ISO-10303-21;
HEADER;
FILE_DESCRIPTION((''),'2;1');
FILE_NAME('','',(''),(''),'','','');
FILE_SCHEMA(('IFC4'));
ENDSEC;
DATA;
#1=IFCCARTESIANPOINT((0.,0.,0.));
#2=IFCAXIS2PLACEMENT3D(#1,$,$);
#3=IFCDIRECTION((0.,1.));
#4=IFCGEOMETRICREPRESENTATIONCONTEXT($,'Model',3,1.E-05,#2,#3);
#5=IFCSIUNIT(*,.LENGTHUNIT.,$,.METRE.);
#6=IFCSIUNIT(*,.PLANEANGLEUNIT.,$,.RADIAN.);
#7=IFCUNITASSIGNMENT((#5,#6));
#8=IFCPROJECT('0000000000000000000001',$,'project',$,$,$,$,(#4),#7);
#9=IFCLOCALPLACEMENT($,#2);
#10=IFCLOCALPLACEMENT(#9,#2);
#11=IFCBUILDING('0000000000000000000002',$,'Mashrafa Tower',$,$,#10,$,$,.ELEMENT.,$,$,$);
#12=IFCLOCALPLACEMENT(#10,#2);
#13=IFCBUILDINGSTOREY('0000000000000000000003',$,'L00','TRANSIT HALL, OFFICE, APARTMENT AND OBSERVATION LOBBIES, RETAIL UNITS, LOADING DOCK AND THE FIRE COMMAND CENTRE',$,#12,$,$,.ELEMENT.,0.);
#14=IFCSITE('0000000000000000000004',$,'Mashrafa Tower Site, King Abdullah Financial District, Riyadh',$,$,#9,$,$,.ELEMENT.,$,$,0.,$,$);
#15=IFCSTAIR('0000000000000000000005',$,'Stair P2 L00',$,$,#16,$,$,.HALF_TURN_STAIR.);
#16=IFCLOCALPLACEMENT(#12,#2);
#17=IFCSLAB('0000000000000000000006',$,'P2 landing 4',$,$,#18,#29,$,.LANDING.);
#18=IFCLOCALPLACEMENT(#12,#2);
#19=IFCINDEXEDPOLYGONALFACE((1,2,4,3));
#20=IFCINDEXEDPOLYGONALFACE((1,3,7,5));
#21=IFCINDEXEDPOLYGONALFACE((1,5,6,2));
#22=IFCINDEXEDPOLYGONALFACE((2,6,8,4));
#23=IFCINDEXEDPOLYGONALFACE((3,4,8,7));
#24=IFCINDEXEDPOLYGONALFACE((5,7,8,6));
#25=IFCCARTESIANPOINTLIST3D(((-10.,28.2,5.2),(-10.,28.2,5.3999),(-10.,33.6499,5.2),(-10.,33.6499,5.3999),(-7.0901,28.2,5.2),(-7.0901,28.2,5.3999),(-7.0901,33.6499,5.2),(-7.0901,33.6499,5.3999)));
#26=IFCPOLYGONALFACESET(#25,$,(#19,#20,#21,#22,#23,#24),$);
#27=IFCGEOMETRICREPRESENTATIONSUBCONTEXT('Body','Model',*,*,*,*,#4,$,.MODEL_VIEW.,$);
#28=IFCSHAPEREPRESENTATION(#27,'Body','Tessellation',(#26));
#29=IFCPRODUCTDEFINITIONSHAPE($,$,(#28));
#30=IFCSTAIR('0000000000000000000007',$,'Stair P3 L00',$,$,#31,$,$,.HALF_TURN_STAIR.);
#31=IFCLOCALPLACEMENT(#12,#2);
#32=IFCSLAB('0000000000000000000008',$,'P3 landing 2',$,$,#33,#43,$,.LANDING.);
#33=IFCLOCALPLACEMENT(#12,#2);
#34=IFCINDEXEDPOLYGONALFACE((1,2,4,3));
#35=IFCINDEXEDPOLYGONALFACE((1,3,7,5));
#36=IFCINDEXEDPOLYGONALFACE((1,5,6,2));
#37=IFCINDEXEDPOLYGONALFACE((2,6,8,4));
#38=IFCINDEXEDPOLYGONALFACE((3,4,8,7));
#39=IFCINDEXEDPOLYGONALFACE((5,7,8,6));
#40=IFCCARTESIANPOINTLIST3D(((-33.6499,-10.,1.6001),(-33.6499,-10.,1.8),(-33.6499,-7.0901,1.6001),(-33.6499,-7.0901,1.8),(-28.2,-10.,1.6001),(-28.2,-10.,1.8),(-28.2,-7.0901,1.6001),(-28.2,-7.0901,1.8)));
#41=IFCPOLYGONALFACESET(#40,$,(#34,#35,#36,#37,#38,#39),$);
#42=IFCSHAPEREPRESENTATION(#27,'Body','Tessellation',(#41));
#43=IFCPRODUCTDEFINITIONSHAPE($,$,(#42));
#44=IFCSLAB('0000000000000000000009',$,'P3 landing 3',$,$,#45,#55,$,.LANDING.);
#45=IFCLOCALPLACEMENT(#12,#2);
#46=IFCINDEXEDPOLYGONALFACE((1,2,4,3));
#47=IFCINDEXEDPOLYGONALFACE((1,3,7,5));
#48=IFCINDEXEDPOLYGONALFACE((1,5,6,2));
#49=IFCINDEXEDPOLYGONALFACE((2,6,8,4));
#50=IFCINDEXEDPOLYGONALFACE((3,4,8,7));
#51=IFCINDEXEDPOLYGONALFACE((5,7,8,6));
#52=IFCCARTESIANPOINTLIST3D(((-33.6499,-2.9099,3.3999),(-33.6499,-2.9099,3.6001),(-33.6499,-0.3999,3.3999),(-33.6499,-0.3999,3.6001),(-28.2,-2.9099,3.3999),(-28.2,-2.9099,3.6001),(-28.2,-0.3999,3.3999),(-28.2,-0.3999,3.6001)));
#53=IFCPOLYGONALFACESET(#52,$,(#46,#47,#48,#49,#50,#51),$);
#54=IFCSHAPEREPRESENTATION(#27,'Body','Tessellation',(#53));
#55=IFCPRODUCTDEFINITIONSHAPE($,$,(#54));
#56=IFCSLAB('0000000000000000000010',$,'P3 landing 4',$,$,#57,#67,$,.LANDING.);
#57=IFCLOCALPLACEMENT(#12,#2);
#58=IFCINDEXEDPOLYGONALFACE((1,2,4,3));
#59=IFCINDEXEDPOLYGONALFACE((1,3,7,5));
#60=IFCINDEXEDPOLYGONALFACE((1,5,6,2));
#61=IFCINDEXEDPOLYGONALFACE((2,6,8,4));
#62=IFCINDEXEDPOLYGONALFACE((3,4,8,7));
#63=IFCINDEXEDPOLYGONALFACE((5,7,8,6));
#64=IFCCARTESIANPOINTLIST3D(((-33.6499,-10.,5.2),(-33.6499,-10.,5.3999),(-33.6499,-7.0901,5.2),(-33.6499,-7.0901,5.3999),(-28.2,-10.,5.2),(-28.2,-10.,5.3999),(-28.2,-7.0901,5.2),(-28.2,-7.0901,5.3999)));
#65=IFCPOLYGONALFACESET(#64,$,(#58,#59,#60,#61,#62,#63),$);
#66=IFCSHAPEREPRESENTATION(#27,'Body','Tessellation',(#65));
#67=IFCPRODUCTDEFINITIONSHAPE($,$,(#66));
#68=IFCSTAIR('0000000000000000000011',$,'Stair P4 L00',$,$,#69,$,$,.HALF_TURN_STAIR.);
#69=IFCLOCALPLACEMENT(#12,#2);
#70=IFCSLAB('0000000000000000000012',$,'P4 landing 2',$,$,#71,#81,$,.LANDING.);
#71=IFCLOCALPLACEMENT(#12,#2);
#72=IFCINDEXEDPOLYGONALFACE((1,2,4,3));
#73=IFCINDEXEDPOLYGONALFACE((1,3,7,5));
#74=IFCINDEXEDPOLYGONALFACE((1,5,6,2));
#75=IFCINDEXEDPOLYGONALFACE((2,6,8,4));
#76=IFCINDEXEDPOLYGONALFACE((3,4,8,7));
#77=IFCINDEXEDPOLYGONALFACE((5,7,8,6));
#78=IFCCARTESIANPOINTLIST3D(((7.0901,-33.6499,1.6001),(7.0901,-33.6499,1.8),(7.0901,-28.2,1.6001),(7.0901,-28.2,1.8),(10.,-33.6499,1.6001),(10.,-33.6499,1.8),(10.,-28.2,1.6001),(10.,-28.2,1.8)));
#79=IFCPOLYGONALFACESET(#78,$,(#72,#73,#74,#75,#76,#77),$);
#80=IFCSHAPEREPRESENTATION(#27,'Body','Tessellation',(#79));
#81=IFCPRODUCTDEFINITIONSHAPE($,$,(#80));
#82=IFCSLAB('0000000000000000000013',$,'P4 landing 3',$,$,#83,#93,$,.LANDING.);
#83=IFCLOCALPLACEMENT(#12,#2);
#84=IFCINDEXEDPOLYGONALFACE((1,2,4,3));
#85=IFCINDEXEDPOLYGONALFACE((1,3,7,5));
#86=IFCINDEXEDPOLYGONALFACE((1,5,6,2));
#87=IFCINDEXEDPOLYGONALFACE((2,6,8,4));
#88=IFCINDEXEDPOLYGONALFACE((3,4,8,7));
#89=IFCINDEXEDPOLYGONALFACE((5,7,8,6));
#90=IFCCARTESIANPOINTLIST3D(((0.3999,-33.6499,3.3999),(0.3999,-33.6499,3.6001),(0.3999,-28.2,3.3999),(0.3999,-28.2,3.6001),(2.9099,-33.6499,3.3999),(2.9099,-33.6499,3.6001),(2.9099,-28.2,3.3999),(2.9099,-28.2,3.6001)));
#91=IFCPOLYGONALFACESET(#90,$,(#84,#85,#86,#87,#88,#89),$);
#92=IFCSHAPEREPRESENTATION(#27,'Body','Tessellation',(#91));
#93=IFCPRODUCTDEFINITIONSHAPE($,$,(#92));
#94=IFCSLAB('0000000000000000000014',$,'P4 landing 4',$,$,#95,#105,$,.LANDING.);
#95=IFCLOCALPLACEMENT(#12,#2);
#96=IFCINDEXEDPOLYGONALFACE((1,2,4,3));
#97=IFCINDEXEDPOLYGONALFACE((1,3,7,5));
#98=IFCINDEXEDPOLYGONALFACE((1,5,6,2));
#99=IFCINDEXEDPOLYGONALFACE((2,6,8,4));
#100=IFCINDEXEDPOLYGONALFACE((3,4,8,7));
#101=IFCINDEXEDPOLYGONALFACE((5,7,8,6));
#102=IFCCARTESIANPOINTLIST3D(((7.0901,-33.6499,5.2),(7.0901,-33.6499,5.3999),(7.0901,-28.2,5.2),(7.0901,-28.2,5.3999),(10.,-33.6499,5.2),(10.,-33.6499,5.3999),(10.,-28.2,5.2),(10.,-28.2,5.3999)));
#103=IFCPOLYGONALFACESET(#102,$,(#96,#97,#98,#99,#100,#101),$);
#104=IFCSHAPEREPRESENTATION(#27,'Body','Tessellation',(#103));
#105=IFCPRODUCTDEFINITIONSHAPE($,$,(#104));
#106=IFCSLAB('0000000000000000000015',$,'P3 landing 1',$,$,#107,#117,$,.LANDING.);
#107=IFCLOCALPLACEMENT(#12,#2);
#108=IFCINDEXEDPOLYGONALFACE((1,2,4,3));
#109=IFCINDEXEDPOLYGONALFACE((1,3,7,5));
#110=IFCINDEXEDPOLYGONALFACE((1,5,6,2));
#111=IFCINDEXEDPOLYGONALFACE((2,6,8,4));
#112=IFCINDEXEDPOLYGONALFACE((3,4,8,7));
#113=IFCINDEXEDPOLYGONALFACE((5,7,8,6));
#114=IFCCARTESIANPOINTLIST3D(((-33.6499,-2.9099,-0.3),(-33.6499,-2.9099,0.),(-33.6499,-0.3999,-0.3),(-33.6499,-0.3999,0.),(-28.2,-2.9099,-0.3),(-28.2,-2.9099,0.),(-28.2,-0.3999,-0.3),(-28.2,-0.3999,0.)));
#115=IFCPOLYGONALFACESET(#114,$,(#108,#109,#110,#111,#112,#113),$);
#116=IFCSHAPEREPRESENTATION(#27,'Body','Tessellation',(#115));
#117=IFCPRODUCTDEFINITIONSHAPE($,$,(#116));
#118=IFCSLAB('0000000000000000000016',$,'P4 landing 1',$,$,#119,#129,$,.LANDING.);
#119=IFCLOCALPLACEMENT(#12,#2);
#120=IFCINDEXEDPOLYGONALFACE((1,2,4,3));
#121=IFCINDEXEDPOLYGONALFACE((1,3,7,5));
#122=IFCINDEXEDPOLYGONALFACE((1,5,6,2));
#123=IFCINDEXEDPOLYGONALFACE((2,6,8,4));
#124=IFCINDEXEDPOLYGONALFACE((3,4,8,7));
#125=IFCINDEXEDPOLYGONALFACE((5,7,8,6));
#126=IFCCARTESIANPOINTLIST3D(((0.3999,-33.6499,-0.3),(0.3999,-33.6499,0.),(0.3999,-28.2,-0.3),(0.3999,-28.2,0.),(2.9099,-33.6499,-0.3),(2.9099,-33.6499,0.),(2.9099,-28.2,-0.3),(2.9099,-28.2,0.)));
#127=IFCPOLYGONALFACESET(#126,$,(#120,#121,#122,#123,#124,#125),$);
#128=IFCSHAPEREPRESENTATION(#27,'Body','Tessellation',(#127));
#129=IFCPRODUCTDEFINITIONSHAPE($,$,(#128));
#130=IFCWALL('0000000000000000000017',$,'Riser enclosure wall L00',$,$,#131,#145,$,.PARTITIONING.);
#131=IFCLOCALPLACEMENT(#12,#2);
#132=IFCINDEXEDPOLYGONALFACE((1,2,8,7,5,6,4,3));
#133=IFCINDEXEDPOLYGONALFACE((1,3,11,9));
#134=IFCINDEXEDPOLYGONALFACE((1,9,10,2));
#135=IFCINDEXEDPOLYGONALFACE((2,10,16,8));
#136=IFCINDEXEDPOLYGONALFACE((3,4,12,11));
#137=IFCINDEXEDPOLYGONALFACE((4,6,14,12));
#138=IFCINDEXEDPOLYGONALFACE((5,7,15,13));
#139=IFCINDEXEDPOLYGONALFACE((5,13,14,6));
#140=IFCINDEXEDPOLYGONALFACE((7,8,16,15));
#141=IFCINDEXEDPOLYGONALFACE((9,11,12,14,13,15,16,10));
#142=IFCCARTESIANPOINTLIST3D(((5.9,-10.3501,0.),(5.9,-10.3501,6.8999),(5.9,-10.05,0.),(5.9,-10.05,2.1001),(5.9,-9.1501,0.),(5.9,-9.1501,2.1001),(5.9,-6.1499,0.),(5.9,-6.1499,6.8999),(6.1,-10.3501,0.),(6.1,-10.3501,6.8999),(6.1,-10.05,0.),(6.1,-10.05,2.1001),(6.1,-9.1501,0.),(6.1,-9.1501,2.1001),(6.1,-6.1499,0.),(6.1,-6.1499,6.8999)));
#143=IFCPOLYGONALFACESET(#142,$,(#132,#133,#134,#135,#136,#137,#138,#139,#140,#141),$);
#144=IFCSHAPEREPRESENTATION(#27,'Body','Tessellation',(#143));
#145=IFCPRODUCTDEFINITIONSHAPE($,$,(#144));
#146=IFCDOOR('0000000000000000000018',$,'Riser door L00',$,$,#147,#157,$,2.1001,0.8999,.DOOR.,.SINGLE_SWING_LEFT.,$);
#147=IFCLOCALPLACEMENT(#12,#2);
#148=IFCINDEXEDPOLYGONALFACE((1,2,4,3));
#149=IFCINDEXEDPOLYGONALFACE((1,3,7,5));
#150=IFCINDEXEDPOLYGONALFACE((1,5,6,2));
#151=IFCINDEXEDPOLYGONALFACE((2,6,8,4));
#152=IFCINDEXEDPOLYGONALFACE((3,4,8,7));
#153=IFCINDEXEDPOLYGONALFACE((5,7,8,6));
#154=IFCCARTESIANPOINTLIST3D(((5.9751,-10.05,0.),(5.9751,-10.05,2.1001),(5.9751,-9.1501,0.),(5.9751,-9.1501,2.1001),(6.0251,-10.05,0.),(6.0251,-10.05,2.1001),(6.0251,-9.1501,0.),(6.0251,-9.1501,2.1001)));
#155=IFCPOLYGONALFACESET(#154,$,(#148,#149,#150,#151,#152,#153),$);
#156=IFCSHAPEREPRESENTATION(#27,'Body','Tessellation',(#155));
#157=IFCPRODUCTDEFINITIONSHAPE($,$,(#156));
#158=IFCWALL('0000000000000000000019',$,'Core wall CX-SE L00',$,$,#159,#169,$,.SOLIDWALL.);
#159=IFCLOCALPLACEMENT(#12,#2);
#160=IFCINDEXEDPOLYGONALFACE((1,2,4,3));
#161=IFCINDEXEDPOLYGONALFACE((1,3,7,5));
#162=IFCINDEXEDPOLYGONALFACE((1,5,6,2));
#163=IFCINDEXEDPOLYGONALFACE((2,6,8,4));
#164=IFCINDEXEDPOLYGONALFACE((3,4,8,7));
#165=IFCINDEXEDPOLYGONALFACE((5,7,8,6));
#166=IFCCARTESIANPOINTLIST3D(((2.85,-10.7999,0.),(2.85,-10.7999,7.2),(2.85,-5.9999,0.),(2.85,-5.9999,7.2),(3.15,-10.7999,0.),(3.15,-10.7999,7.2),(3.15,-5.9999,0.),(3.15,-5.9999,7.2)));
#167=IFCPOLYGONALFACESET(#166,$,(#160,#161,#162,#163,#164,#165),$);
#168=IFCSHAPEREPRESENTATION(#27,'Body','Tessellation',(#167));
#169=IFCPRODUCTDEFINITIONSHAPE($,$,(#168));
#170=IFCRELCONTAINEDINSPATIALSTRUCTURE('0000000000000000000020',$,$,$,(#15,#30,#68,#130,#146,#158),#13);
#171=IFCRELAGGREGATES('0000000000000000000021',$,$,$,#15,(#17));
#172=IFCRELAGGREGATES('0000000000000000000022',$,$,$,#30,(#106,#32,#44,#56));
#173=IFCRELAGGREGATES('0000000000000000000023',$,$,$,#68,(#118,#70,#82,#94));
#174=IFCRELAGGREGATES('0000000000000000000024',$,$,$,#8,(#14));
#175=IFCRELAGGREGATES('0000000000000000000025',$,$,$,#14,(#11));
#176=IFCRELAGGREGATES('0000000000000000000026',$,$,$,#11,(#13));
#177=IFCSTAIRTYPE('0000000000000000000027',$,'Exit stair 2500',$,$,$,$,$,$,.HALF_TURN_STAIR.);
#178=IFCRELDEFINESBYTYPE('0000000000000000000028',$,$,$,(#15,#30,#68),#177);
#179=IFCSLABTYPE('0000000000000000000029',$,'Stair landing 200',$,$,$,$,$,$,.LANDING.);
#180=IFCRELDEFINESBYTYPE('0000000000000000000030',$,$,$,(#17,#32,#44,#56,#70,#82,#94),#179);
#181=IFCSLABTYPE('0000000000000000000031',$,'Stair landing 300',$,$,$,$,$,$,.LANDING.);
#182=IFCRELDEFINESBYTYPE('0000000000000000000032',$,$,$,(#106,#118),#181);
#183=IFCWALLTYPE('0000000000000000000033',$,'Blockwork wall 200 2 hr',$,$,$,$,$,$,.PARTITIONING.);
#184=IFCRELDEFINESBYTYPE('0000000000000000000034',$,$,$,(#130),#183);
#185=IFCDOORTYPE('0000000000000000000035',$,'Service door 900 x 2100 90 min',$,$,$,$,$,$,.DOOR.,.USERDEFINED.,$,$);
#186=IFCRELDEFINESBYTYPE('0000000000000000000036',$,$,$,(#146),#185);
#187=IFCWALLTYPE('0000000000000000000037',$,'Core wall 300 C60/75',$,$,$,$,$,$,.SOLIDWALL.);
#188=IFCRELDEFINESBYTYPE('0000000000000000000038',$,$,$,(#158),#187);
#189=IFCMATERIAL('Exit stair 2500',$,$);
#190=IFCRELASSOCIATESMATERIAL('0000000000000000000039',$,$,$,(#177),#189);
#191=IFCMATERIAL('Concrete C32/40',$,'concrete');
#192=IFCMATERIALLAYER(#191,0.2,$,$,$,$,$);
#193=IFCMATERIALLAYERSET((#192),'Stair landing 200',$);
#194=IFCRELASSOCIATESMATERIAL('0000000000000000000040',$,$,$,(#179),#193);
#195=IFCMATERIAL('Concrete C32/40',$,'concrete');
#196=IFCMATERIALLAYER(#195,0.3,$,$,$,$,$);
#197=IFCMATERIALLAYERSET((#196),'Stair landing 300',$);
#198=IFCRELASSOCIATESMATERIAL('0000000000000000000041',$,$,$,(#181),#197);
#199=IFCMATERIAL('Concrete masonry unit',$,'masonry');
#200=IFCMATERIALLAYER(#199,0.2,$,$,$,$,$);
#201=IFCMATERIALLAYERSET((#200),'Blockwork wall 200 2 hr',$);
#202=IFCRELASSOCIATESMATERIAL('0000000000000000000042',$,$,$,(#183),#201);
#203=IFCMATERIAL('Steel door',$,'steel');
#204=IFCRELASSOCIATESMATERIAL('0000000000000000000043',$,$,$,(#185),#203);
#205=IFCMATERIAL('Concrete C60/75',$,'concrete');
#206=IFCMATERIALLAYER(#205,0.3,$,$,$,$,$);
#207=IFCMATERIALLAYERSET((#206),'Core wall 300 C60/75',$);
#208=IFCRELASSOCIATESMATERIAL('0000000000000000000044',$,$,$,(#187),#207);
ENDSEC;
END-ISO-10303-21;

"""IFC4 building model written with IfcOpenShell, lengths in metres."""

from ifc_helpers import new_model, si_unit, direction, frame, frame_2d, origin, place, context, subcontext, project, spatial, polyline, rectangle, outline, extrude, material, layer, layer_set, type_object, element, fill, aggregate, save


model = new_model("IFC4")

# Units and contexts
model_context = context("Model", 3, precision=1e-05, world=origin(), true_north=direction((0.0, 1.0)))
body_context = subcontext(model_context, "Body", "Model", "MODEL_VIEW")
ifc_project = project(units=[si_unit("LENGTHUNIT", "METRE"), si_unit("PLANEANGLEUNIT", "RADIAN")], contexts=[model_context])

# Site, building, storey
site_placement = place(None, origin())
site = spatial("IfcSite", under=ifc_project, at=site_placement, Name="Mashrafa Tower Site, King Abdullah Financial District, Riyadh", CompositionType="ELEMENT", RefElevation=0.0)
building_placement = place(site_placement, origin())
building = spatial("IfcBuilding", under=site, at=building_placement, Name="Mashrafa Tower", CompositionType="ELEMENT")
storey_placement = place(building_placement, origin())
storey = spatial("IfcBuildingStorey", under=building, at=storey_placement, Name="L00", Description="TRANSIT HALL, OFFICE, APARTMENT AND OBSERVATION LOBBIES, RETAIL UNITS, LOADING DOCK AND THE FIRE COMMAND CENTRE", CompositionType="ELEMENT", Elevation=0.0)

# Stair, slab
ifc_material_1 = material(Name="Exit stair 2500")
stair_type = type_object("IfcStairType", Name="Exit stair 2500", PredefinedType="HALF_TURN_STAIR", material=ifc_material_1)
stair_1_placement = place(storey_placement, origin())
stair_1 = element("IfcStair", 1, at=stair_1_placement, inside=storey, type_object=stair_type, Name="Stair P2 L00", PredefinedType="HALF_TURN_STAIR")
ifc_material_2 = material(Name="Concrete C32/40", Category="concrete")
ifc_layer_1 = layer(ifc_material_2, 0.2)
ifc_layer_set_1 = layer_set([ifc_layer_1], Name="Stair landing 200")
slab_type_1 = type_object("IfcSlabType", Name="Stair landing 200", PredefinedType="LANDING", material=ifc_layer_set_1)
slab_1_placement = place(storey_placement, frame((0.0, 0.0, 5.2)))
slab_1 = element("IfcSlab", 2, at=slab_1_placement, type_object=slab_type_1, Name="P2 landing 4", PredefinedType="LANDING", context=body_context, shape_type="SweptSolid", body=[
    extrude(outline(polyline([(-10.0, 28.2), (-7.0901, 28.2), (-7.0901, 33.6499), (-10.0, 33.6499), (-10.0, 28.2)])), origin(), (0.0, 0.0, 1.0), 0.2),
])
aggregate(stair_1, [slab_1])

# Stairs, slabs
stair_2_placement = place(storey_placement, origin())
stair_2 = element("IfcStair", 3, at=stair_2_placement, inside=storey, type_object=stair_type, Name="Stair P3 L00", PredefinedType="HALF_TURN_STAIR")
slab_2_placement = place(storey_placement, frame((0.0, 0.0, 1.6001)))
slab_2 = element("IfcSlab", 4, at=slab_2_placement, type_object=slab_type_1, Name="P3 landing 2", PredefinedType="LANDING", context=body_context, shape_type="SweptSolid", body=[
    extrude(outline(polyline([(-28.2, -10.0), (-28.2, -7.0901), (-33.6499, -7.0901), (-33.6499, -10.0), (-28.2, -10.0)])), origin(), (0.0, 0.0, 1.0), 0.2),
])
slab_3_placement = place(storey_placement, frame((0.0, 0.0, 3.3999)))
slab_3 = element("IfcSlab", 5, at=slab_3_placement, type_object=slab_type_1, Name="P3 landing 3", PredefinedType="LANDING", context=body_context, shape_type="SweptSolid", body=[
    extrude(outline(polyline([(-28.2, -2.9099), (-28.2, -0.3999), (-33.6499, -0.3999), (-33.6499, -2.9099), (-28.2, -2.9099)])), origin(), (0.0, 0.0, 1.0), 0.2002),
])
slab_4_placement = place(storey_placement, frame((0.0, 0.0, 5.2)))
slab_4 = element("IfcSlab", 6, at=slab_4_placement, type_object=slab_type_1, Name="P3 landing 4", PredefinedType="LANDING", context=body_context, shape_type="SweptSolid", body=[
    extrude(outline(polyline([(-28.2, -10.0), (-28.2, -7.0901), (-33.6499, -7.0901), (-33.6499, -10.0), (-28.2, -10.0)])), origin(), (0.0, 0.0, 1.0), 0.2),
])
stair_3_placement = place(storey_placement, origin())
stair_3 = element("IfcStair", 7, at=stair_3_placement, inside=storey, type_object=stair_type, Name="Stair P4 L00", PredefinedType="HALF_TURN_STAIR")
slab_5_placement = place(storey_placement, frame((0.0, 0.0, 1.6001)))
slab_5 = element("IfcSlab", 8, at=slab_5_placement, type_object=slab_type_1, Name="P4 landing 2", PredefinedType="LANDING", context=body_context, shape_type="SweptSolid", body=[
    extrude(outline(polyline([(7.0901, -33.6499), (10.0, -33.6499), (10.0, -28.2), (7.0901, -28.2), (7.0901, -33.6499)])), origin(), (0.0, 0.0, 1.0), 0.2),
])
slab_6_placement = place(storey_placement, frame((0.0, 0.0, 3.3999)))
slab_6 = element("IfcSlab", 9, at=slab_6_placement, type_object=slab_type_1, Name="P4 landing 3", PredefinedType="LANDING", context=body_context, shape_type="SweptSolid", body=[
    extrude(outline(polyline([(0.3999, -33.6499), (2.9099, -33.6499), (2.9099, -28.2), (0.3999, -28.2), (0.3999, -33.6499)])), origin(), (0.0, 0.0, 1.0), 0.2002),
])
slab_7_placement = place(storey_placement, frame((0.0, 0.0, 5.2)))
slab_7 = element("IfcSlab", 10, at=slab_7_placement, type_object=slab_type_1, Name="P4 landing 4", PredefinedType="LANDING", context=body_context, shape_type="SweptSolid", body=[
    extrude(outline(polyline([(7.0901, -33.6499), (10.0, -33.6499), (10.0, -28.2), (7.0901, -28.2), (7.0901, -33.6499)])), origin(), (0.0, 0.0, 1.0), 0.2),
])

# Slabs
ifc_material_3 = material(Name="Concrete C32/40", Category="concrete")
ifc_layer_2 = layer(ifc_material_3, 0.3)
ifc_layer_set_2 = layer_set([ifc_layer_2], Name="Stair landing 300")
slab_type_2 = type_object("IfcSlabType", Name="Stair landing 300", PredefinedType="LANDING", material=ifc_layer_set_2)
slab_8_placement = place(storey_placement, frame((0.0, 0.0, -0.3)))
slab_8 = element("IfcSlab", 11, at=slab_8_placement, type_object=slab_type_2, Name="P3 landing 1", PredefinedType="LANDING", context=body_context, shape_type="SweptSolid", body=[
    extrude(outline(polyline([(-28.2, -2.9099), (-28.2, -0.3999), (-33.6499, -0.3999), (-33.6499, -2.9099), (-28.2, -2.9099)])), origin(), (0.0, 0.0, 1.0), 0.3),
])
aggregate(stair_2, [slab_8, slab_2, slab_3, slab_4])
slab_9_placement = place(storey_placement, frame((0.0, 0.0, -0.3)))
slab_9 = element("IfcSlab", 12, at=slab_9_placement, type_object=slab_type_2, Name="P4 landing 1", PredefinedType="LANDING", context=body_context, shape_type="SweptSolid", body=[
    extrude(outline(polyline([(0.3999, -33.6499), (2.9099, -33.6499), (2.9099, -28.2), (0.3999, -28.2), (0.3999, -33.6499)])), origin(), (0.0, 0.0, 1.0), 0.3),
])
aggregate(stair_3, [slab_9, slab_5, slab_6, slab_7])

# Wall, opening, door
ifc_material_4 = material(Name="Concrete masonry unit", Category="masonry")
ifc_layer_3 = layer(ifc_material_4, 0.2)
ifc_layer_set_3 = layer_set([ifc_layer_3], Name="Blockwork wall 200 2 hr")
wall_type_1 = type_object("IfcWallType", Name="Blockwork wall 200 2 hr", PredefinedType="PARTITIONING", material=ifc_layer_set_3)
wall_1_placement = place(storey_placement, frame((6.0, -10.3501, 0.0), z_axis=(0.0, 0.0, 1.0), x_axis=(0.0, 1.0, 0.0)))
wall_1 = element("IfcWall", 13, at=wall_1_placement, inside=storey, type_object=wall_type_1, Name="Riser enclosure wall L00", PredefinedType="PARTITIONING", context=body_context, shape_type="SweptSolid", body=[
    extrude(rectangle(XDim=4.2002, YDim=0.2, at=frame_2d((2.1001, 0.0))), origin(), (0.0, 0.0, 1.0), 6.8999),
])
opening_1_placement = place(wall_1_placement, frame((0.3, 0.0, 0.0)))
opening_1 = element("IfcOpeningElement", 14, at=opening_1_placement, cuts=wall_1, PredefinedType="OPENING", context=body_context, shape_type="SweptSolid", body=[
    extrude(rectangle(XDim=0.8999, YDim=2.1001, at=frame_2d((0.45, 1.05))), frame((0.0, 0.1099, 0.0), z_axis=(0.0, -1.0, 0.0), x_axis=(1.0, 0.0, 0.0)), (0.0, 0.0, 1.0), 0.22),
])
ifc_material_5 = material(Name="Steel door", Category="steel")
door_type_1 = type_object("IfcDoorType", Name="Service door 900 x 2100 90 min", OperationType="USERDEFINED", PredefinedType="DOOR", material=ifc_material_5)
door_1_placement = place(opening_1_placement, origin())
door_1 = element("IfcDoor", 15, at=door_1_placement, inside=storey, type_object=door_type_1, Name="Riser door L00", OperationType="SINGLE_SWING_LEFT", OverallHeight=2.1001, OverallWidth=0.8999, PredefinedType="DOOR", context=body_context, shape_type="SweptSolid", body=[
    extrude(rectangle(XDim=0.8999, YDim=2.1001, at=frame_2d((0.45, 1.05))), frame((0.0, 0.0249, 0.0), z_axis=(0.0, -1.0, 0.0), x_axis=(1.0, 0.0, 0.0)), (0.0, 0.0, 1.0), 0.05),
])
fill(opening_1, door_1)

# Wall
ifc_material_6 = material(Name="Concrete C60/75", Category="concrete")
ifc_layer_4 = layer(ifc_material_6, 0.3)
ifc_layer_set_4 = layer_set([ifc_layer_4], Name="Core wall 300 C60/75")
wall_type_2 = type_object("IfcWallType", Name="Core wall 300 C60/75", PredefinedType="SOLIDWALL", material=ifc_layer_set_4)
wall_2_placement = place(storey_placement, frame((3.0, -6.0, 0.0), z_axis=(0.0, 0.0, 1.0), x_axis=(0.0, -1.0, 0.0)))
element("IfcWall", 16, at=wall_2_placement, inside=storey, type_object=wall_type_2, Name="Core wall CX-SE L00", PredefinedType="SOLIDWALL", context=body_context, shape_type="SweptSolid", body=[
    extrude(rectangle(XDim=4.8, YDim=0.3, at=frame_2d((2.3999, 0.0))), origin(), (0.0, 0.0, 1.0), 7.2),
])

save(model, "model.ifc")
